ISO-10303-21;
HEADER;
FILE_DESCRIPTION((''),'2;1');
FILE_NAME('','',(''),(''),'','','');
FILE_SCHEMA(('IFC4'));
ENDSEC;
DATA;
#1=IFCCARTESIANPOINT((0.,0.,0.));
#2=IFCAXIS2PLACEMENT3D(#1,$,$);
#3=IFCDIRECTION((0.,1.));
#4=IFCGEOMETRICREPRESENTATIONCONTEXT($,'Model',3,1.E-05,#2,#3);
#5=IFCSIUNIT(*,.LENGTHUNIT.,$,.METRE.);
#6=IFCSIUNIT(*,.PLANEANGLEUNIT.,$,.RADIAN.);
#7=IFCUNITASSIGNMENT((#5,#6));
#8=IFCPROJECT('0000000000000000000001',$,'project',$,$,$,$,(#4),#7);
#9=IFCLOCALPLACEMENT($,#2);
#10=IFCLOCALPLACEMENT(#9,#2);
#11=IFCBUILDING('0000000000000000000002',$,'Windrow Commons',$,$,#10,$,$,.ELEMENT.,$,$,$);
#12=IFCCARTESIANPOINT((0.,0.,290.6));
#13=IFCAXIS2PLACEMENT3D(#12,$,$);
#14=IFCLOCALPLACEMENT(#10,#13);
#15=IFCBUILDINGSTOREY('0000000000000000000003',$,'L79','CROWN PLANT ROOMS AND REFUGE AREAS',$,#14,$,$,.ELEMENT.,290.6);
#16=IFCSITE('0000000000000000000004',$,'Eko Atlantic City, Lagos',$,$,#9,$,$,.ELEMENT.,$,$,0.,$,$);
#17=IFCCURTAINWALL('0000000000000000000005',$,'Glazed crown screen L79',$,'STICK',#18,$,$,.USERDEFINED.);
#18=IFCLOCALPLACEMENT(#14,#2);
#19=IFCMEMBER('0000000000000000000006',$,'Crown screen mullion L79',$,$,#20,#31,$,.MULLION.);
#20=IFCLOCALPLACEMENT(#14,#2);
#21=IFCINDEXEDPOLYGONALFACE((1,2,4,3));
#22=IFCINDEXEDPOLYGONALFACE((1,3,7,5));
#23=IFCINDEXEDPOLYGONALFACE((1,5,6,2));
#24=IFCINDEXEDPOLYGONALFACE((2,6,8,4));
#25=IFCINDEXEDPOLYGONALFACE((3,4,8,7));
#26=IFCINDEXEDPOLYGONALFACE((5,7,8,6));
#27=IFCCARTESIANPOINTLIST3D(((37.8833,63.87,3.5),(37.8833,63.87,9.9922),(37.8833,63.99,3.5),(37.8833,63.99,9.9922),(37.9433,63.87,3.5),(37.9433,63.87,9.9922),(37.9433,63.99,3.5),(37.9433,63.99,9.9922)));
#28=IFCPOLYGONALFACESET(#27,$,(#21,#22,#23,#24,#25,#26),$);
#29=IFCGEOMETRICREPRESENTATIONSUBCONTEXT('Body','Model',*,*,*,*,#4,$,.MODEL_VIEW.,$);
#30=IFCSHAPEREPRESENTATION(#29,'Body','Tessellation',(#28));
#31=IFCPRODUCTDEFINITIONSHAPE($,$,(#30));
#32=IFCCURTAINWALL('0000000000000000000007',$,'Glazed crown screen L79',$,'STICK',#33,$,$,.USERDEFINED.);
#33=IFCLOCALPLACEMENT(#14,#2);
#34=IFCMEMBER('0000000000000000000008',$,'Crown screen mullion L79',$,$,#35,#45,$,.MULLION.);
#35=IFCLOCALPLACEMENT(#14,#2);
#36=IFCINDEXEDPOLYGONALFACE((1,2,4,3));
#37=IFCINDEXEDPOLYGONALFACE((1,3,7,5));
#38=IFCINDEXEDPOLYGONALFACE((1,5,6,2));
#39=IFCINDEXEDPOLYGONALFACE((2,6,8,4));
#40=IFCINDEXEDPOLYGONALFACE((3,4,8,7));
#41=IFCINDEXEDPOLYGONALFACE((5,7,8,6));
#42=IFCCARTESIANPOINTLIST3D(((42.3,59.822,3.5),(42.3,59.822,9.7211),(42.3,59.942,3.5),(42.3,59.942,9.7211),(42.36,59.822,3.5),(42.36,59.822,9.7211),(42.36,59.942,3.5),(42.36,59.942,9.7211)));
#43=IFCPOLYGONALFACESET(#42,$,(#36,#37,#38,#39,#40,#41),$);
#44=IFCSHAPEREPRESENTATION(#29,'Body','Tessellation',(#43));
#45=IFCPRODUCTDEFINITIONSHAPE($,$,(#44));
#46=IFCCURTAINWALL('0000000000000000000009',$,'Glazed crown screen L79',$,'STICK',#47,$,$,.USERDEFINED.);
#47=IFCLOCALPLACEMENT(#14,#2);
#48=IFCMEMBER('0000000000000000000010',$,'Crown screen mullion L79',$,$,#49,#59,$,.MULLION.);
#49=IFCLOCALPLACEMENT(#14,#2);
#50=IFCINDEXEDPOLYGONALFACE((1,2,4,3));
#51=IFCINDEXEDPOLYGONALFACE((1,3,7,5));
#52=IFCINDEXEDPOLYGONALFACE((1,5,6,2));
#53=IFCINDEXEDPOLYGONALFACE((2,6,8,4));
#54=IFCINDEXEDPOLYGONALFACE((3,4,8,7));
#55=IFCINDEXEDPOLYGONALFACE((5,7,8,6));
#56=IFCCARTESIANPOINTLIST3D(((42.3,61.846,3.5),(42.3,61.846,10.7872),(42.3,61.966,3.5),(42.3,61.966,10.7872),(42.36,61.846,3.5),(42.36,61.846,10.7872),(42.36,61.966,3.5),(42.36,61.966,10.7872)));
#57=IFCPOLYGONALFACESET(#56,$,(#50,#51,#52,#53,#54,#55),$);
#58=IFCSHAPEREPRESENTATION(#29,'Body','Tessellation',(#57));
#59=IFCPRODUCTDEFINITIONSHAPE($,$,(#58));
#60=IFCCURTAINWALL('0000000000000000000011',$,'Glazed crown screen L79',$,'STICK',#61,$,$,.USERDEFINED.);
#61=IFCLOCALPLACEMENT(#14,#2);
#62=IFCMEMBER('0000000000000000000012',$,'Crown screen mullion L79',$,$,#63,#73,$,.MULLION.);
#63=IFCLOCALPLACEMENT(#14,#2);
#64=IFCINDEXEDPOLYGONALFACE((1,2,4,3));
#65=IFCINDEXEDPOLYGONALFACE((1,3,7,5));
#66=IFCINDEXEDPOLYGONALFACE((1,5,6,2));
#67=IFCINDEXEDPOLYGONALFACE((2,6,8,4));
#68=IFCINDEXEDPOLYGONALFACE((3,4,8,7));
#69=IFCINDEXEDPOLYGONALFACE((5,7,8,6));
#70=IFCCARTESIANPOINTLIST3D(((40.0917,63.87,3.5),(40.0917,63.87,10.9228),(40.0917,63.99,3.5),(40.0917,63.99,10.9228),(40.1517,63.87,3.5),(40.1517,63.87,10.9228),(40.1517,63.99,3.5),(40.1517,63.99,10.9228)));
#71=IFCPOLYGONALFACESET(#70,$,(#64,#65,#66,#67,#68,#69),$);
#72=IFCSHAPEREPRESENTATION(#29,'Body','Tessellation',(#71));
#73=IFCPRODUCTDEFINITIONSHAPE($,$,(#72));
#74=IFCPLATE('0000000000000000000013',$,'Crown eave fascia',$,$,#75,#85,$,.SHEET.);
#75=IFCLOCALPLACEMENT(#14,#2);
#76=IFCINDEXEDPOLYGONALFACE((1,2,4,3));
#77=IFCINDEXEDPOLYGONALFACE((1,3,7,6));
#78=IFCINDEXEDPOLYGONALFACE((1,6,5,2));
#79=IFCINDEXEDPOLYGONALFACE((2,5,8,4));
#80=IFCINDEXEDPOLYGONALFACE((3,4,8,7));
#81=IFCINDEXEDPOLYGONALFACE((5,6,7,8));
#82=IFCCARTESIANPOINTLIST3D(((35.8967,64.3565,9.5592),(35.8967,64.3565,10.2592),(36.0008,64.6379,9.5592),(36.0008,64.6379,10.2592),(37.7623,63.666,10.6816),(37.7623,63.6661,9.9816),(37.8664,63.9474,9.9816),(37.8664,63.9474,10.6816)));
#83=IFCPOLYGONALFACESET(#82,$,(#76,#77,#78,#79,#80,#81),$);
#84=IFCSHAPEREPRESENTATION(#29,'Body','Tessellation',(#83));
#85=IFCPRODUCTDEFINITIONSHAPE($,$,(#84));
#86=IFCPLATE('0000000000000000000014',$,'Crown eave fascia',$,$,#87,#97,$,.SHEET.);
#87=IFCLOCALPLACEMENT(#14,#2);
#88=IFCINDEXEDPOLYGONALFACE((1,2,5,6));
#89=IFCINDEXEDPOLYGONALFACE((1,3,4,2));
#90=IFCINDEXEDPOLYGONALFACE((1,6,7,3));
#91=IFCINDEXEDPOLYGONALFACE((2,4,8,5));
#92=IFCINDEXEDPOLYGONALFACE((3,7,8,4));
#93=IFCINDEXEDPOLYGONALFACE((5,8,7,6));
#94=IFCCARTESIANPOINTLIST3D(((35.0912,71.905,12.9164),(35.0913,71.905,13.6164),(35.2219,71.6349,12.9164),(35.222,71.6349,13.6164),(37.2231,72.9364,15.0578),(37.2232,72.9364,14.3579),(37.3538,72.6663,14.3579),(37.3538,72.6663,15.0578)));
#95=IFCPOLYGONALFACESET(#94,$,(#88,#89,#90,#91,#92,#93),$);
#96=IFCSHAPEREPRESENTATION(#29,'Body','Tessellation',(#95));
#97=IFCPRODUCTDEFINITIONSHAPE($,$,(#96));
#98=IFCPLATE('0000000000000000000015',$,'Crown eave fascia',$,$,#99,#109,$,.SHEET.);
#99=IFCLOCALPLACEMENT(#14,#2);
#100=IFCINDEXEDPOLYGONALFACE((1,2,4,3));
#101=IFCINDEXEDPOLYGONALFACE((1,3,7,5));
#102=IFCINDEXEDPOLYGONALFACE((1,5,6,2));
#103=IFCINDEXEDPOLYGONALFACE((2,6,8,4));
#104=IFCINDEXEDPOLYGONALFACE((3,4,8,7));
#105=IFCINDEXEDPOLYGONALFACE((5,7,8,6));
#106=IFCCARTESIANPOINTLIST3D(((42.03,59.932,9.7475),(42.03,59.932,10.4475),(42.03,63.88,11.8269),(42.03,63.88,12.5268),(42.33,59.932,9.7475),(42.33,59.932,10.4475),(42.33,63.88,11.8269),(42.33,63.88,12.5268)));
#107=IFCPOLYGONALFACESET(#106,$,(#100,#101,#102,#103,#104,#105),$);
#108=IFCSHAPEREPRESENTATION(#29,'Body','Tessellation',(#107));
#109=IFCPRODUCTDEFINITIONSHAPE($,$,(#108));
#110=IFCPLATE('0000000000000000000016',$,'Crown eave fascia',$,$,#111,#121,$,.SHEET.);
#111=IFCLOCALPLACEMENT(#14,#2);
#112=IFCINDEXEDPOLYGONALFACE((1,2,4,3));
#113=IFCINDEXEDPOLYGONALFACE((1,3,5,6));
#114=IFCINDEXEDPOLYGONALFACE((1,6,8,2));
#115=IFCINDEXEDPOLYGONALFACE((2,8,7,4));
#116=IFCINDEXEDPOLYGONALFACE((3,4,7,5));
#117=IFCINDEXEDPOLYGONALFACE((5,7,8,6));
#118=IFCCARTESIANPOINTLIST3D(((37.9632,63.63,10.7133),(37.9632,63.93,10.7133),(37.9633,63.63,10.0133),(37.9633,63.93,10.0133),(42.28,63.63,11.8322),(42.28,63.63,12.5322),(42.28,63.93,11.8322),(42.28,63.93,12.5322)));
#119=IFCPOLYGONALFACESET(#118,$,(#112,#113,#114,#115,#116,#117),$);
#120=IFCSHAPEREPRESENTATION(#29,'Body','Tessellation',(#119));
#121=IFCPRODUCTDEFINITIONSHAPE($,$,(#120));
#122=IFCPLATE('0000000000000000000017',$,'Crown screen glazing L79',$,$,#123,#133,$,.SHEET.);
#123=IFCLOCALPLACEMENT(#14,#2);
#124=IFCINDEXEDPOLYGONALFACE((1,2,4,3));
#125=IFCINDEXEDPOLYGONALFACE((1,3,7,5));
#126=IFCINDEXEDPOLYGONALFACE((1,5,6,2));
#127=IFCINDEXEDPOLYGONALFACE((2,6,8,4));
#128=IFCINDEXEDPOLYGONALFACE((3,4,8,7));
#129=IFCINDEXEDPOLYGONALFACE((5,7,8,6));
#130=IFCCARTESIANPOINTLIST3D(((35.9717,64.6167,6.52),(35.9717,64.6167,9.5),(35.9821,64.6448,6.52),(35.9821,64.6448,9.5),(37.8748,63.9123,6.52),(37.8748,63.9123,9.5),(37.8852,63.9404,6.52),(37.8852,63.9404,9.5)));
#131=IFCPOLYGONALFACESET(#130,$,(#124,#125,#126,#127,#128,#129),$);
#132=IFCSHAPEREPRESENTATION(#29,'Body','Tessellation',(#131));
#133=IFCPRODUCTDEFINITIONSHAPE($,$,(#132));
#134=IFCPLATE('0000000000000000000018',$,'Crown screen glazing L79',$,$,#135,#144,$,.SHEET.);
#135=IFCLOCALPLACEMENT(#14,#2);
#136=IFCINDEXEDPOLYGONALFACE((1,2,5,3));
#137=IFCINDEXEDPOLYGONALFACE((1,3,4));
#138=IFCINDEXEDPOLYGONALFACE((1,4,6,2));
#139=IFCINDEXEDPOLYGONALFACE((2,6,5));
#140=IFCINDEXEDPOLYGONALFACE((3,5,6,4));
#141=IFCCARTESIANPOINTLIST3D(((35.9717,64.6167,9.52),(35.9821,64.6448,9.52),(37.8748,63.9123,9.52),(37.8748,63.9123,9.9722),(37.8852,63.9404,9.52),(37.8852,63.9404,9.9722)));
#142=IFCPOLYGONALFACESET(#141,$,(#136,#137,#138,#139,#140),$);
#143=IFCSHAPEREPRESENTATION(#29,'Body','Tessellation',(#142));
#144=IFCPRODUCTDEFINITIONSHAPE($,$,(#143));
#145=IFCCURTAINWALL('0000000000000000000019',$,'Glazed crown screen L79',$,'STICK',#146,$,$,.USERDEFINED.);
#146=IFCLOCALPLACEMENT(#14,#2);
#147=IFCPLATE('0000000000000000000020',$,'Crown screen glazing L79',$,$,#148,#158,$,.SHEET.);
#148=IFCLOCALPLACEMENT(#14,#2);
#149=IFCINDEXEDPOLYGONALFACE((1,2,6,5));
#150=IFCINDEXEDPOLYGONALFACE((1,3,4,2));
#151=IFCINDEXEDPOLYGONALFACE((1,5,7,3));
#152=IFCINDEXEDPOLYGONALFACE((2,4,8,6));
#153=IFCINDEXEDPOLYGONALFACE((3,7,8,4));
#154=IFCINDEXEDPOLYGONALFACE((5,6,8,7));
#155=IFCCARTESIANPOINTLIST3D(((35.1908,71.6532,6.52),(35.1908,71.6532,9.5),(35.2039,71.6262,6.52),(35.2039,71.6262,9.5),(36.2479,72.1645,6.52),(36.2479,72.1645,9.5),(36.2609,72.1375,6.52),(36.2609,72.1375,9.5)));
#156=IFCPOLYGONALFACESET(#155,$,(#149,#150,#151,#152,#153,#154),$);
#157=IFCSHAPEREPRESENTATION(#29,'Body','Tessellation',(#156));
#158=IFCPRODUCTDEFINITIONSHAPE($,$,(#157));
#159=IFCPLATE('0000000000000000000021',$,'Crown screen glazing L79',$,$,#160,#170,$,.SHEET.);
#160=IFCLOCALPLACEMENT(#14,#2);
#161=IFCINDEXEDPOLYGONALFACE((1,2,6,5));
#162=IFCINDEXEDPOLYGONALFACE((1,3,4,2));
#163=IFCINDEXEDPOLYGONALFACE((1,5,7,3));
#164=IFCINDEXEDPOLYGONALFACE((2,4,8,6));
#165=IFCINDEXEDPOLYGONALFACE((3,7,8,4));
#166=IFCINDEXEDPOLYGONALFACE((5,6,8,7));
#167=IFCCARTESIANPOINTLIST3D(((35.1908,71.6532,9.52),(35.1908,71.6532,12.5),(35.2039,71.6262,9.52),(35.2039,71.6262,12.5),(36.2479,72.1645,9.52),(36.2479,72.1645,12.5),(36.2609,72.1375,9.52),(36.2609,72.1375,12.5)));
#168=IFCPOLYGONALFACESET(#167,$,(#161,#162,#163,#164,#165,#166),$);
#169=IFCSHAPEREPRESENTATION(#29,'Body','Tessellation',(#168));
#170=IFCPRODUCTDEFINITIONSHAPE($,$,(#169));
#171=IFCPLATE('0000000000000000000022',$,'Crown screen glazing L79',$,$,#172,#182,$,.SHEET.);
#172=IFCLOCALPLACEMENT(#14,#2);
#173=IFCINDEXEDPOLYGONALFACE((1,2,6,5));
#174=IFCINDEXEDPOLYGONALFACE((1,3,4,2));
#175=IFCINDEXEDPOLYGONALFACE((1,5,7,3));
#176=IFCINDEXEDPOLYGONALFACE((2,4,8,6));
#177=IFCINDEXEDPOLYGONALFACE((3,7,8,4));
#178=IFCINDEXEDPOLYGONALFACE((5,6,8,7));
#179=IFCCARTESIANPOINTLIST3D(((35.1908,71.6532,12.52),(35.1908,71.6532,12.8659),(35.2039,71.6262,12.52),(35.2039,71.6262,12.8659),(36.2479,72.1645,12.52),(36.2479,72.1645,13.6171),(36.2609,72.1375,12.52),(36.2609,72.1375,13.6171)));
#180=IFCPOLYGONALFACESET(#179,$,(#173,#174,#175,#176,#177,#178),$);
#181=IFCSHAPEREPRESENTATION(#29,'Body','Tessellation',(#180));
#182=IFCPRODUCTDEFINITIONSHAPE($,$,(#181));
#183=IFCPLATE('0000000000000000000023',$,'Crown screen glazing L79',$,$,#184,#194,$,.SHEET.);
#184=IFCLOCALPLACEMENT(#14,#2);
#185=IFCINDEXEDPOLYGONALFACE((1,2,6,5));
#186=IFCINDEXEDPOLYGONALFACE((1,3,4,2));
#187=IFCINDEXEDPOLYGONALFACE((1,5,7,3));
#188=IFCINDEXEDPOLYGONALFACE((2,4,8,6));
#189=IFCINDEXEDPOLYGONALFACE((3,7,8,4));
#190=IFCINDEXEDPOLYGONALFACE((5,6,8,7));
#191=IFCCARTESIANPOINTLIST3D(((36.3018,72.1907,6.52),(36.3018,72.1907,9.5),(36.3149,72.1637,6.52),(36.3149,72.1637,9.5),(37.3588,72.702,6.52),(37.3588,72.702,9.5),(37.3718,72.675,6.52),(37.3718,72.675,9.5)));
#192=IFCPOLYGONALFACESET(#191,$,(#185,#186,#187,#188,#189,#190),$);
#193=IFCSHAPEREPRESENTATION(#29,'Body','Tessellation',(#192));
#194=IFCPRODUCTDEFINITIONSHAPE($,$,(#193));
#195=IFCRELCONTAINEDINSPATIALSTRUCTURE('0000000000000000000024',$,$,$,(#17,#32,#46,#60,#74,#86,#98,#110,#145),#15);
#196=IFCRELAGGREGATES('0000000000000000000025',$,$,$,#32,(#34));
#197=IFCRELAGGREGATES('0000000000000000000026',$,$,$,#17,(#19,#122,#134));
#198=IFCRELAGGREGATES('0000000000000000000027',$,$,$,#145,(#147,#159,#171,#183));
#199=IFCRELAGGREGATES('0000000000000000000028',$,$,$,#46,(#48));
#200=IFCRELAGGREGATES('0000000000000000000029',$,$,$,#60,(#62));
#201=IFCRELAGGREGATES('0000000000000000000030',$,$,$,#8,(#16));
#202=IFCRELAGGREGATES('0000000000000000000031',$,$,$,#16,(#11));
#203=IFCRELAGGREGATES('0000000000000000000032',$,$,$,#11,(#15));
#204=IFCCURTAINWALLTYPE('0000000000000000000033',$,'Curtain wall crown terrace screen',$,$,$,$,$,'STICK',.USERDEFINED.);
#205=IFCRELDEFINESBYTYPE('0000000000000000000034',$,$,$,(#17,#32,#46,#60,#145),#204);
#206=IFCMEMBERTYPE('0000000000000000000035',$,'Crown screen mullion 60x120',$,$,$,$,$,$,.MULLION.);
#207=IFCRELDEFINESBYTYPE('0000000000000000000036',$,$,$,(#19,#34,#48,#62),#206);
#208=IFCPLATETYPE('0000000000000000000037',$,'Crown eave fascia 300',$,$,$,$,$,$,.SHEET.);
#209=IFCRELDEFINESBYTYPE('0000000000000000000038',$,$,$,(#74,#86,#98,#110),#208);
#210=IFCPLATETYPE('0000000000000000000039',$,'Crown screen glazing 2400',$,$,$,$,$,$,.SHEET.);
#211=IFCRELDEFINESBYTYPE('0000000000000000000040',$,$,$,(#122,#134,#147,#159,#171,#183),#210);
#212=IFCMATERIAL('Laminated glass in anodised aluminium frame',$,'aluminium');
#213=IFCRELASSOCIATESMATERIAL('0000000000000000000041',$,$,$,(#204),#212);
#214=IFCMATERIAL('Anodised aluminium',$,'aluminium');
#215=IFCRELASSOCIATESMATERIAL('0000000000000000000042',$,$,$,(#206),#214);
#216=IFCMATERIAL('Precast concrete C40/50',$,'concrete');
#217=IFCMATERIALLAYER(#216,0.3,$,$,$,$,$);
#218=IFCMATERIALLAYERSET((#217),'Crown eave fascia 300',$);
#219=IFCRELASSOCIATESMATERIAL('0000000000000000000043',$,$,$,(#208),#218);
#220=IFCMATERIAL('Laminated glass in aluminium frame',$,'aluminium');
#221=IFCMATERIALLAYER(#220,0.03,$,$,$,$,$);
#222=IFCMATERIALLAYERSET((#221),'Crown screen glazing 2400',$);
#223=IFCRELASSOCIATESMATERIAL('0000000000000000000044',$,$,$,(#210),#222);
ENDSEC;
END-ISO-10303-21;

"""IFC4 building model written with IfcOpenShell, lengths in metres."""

from ifc_helpers import new_model, si_unit, direction, frame, origin, origin_2d, place, context, subcontext, project, spatial, polyline, rectangle, outline, extrude, material, layer, layer_set, material_profile, profile_set, type_object, element, aggregate, save


model = new_model("IFC4")

# Units and contexts
model_context = context("Model", 3, precision=1e-05, world=origin(), true_north=direction((0.0, 1.0)))
body_context = subcontext(model_context, "Body", "Model", "MODEL_VIEW")
ifc_project = project(units=[si_unit("LENGTHUNIT", "METRE"), si_unit("PLANEANGLEUNIT", "RADIAN")], contexts=[model_context])

# Site, building, storey
site_placement = place(None, origin())
site = spatial("IfcSite", under=ifc_project, at=site_placement, Name="Eko Atlantic City, Lagos", CompositionType="ELEMENT", RefElevation=0.0)
building_placement = place(site_placement, origin())
building = spatial("IfcBuilding", under=site, at=building_placement, Name="Windrow Commons", CompositionType="ELEMENT")
storey_placement = place(building_placement, frame((0.0, 0.0, 290.6)))
storey = spatial("IfcBuildingStorey", under=building, at=storey_placement, Name="L79", Description="CROWN PLANT ROOMS AND REFUGE AREAS", CompositionType="ELEMENT", Elevation=290.6)

# Curtain walls, members
ifc_material_1 = material(Name="Laminated glass in anodised aluminium frame", Category="aluminium")
curtain_wall_type = type_object("IfcCurtainWallType", Name="Curtain wall crown terrace screen", ElementType="STICK", PredefinedType="USERDEFINED", material=ifc_material_1)
placement = place(storey_placement, origin())
curtain_wall_1 = element("IfcCurtainWall", 1, at=placement, inside=storey, type_object=curtain_wall_type, Name="Glazed crown screen L79", ObjectType="STICK", PredefinedType="USERDEFINED")
ifc_material_2 = material(Name="Anodised aluminium", Category="aluminium")
ifc_material_profile = material_profile(ifc_material_2, rectangle(XDim=0.06, YDim=0.12, at=origin_2d()))
ifc_profile_set = profile_set([ifc_material_profile], Name="Anodised aluminium")
member_type = type_object("IfcMemberType", Name="Crown screen mullion 60x120", PredefinedType="MULLION", material=ifc_profile_set)
member_1_placement = place(storey_placement, frame((37.9133, 63.93, 3.5), z_axis=(0.0, 0.0, 1.0), x_axis=(1.0, 0.0, 0.0)))
member_1 = element("IfcMember", 2, at=member_1_placement, type_object=member_type, Name="Crown screen mullion L79", PredefinedType="MULLION", context=body_context, shape_type="SweptSolid", body=[
    extrude(rectangle(XDim=0.06, YDim=0.12, at=origin_2d()), origin(), (0.0, 0.0, 1.0), 6.4922),
])
curtain_wall_2 = element("IfcCurtainWall", 3, at=placement, inside=storey, type_object=curtain_wall_type, Name="Glazed crown screen L79", ObjectType="STICK", PredefinedType="USERDEFINED")
member_2_placement = place(storey_placement, frame((42.33, 59.882, 3.5), z_axis=(0.0, 0.0, 1.0), x_axis=(1.0, 0.0, 0.0)))
member_2 = element("IfcMember", 4, at=member_2_placement, type_object=member_type, Name="Crown screen mullion L79", PredefinedType="MULLION", context=body_context, shape_type="SweptSolid", body=[
    extrude(rectangle(XDim=0.06, YDim=0.12, at=origin_2d()), origin(), (0.0, 0.0, 1.0), 6.2211),
])
aggregate(curtain_wall_2, [member_2])
curtain_wall_3 = element("IfcCurtainWall", 5, at=placement, inside=storey, type_object=curtain_wall_type, Name="Glazed crown screen L79", ObjectType="STICK", PredefinedType="USERDEFINED")
member_3_placement = place(storey_placement, frame((42.33, 61.906, 3.5), z_axis=(0.0, 0.0, 1.0), x_axis=(1.0, 0.0, 0.0)))
member_3 = element("IfcMember", 6, at=member_3_placement, type_object=member_type, Name="Crown screen mullion L79", PredefinedType="MULLION", context=body_context, shape_type="SweptSolid", body=[
    extrude(rectangle(XDim=0.06, YDim=0.12, at=origin_2d()), origin(), (0.0, 0.0, 1.0), 7.2872),
])
curtain_wall_4 = element("IfcCurtainWall", 7, at=placement, inside=storey, type_object=curtain_wall_type, Name="Glazed crown screen L79", ObjectType="STICK", PredefinedType="USERDEFINED")
member_4_placement = place(storey_placement, frame((40.1217, 63.93, 3.5), z_axis=(0.0, 0.0, 1.0), x_axis=(1.0, 0.0, 0.0)))
member_4 = element("IfcMember", 8, at=member_4_placement, type_object=member_type, Name="Crown screen mullion L79", PredefinedType="MULLION", context=body_context, shape_type="SweptSolid", body=[
    extrude(rectangle(XDim=0.06, YDim=0.12, at=origin_2d()), origin(), (0.0, 0.0, 1.0), 7.4228),
])

# Plates
ifc_material_3 = material(Name="Precast concrete C40/50", Category="concrete")
ifc_layer_1 = layer(ifc_material_3, 0.3)
ifc_layer_set_1 = layer_set([ifc_layer_1], Name="Crown eave fascia 300")
plate_type_1 = type_object("IfcPlateType", Name="Crown eave fascia 300", PredefinedType="SHEET", material=ifc_layer_set_1)
plate_1_placement = place(storey_placement, frame((37.8664, 63.9474, 9.9816), z_axis=(0.34711, 0.937825, 0.0), x_axis=(-0.917372, 0.33954, -0.207707)))
element("IfcPlate", 9, at=plate_1_placement, inside=storey, type_object=plate_type_1, Name="Crown eave fascia", PredefinedType="SHEET", context=body_context, shape_type="SweptSolid", body=[
    extrude(outline(polyline([(0.0, 0.0), (2.0336, 0.0), (1.8882, 0.6847), (-0.1454, 0.6847), (0.0, 0.0)])), origin(), (0.0, 0.0, -1.0), 0.3),
])
plate_2_placement = place(storey_placement, frame((35.2219, 71.6349, 12.9164), z_axis=(0.435505, -0.900186, 0.0), x_axis=(0.768948, 0.372012, 0.51993)))
element("IfcPlate", 10, at=plate_2_placement, inside=storey, type_object=plate_type_1, Name="Crown eave fascia", PredefinedType="SHEET", context=body_context, shape_type="SweptSolid", body=[
    extrude(outline(polyline([(0.0, 0.0), (2.7725, 0.0), (3.1364, 0.5979), (0.364, 0.5979), (0.0, 0.0)])), origin(), (0.0, 0.0, -1.0), 0.3),
])
plate_3_placement = place(storey_placement, frame((42.33, 59.932, 9.7475), z_axis=(1.0, 0.0, 0.0), x_axis=(0.0, 0.884779, 0.466011)))
element("IfcPlate", 11, at=plate_3_placement, inside=storey, type_object=plate_type_1, Name="Crown eave fascia", PredefinedType="SHEET", context=body_context, shape_type="SweptSolid", body=[
    extrude(outline(polyline([(0.0, 0.0), (4.4621, 0.0), (4.7883, 0.6193), (0.3262, 0.6193), (0.0, 0.0)])), origin(), (0.0, 0.0, -1.0), 0.3),
])
plate_4_placement = place(storey_placement, frame((42.28, 63.93, 11.8322), z_axis=(0.0, 1.0, 0.0), x_axis=(-0.921533, 0.0, -0.3883)))
element("IfcPlate", 12, at=plate_4_placement, inside=storey, type_object=plate_type_1, Name="Crown eave fascia", PredefinedType="SHEET", context=body_context, shape_type="SweptSolid", body=[
    extrude(outline(polyline([(0.0, 0.0), (4.6843, 0.0), (4.4125, 0.6451), (-0.2718, 0.6451), (0.0, 0.0)])), origin(), (0.0, 0.0, -1.0), 0.3),
])

# Plates
ifc_material_4 = material(Name="Laminated glass in aluminium frame", Category="aluminium")
ifc_layer_2 = layer(ifc_material_4, 0.03)
ifc_layer_set_2 = layer_set([ifc_layer_2], Name="Crown screen glazing 2400")
plate_type_2 = type_object("IfcPlateType", Name="Crown screen glazing 2400", PredefinedType="SHEET", material=ifc_layer_set_2)
plate_5_placement = place(storey_placement, frame((37.8852, 63.9404, 6.52), z_axis=(0.347119, 0.937821, 0.0), x_axis=(-0.937821, 0.347119, 0.0)))
plate_5 = element("IfcPlate", 13, at=plate_5_placement, type_object=plate_type_2, Name="Crown screen glazing L79", PredefinedType="SHEET", context=body_context, shape_type="SweptSolid", body=[
    extrude(outline(polyline([(0.0, 0.0), (2.0293, 0.0), (2.0293, 2.98), (0.0, 2.98), (0.0, 0.0)])), origin(), (0.0, 0.0, -1.0), 0.03),
])
plate_6_placement = place(storey_placement, frame((37.8852, 63.9404, 9.52), z_axis=(0.347119, 0.937821, 0.0), x_axis=(-0.937821, 0.347119, 0.0)))
plate_6 = element("IfcPlate", 14, at=plate_6_placement, type_object=plate_type_2, Name="Crown screen glazing L79", PredefinedType="SHEET", context=body_context, shape_type="SweptSolid", body=[
    extrude(outline(polyline([(0.0, 0.0), (2.0293, 0.0), (0.0, 0.4522), (0.0, 0.0)])), origin(), (0.0, 0.0, -1.0), 0.03),
])
aggregate(curtain_wall_1, [member_1, plate_5, plate_6])

# Curtain wall, plates
curtain_wall_5 = element("IfcCurtainWall", 15, at=placement, inside=storey, type_object=curtain_wall_type, Name="Glazed crown screen L79", ObjectType="STICK", PredefinedType="USERDEFINED")
plate_7_placement = place(storey_placement, frame((35.2039, 71.6262, 6.52), z_axis=(0.435456, -0.90021, 0.0), x_axis=(0.90021, 0.435456, 0.0)))
plate_7 = element("IfcPlate", 16, at=plate_7_placement, type_object=plate_type_2, Name="Crown screen glazing L79", PredefinedType="SHEET", context=body_context, shape_type="SweptSolid", body=[
    extrude(outline(polyline([(0.0, 0.0), (1.1742, 0.0), (1.1742, 2.98), (0.0, 2.98), (0.0, 0.0)])), origin(), (0.0, 0.0, -1.0), 0.03),
])
plate_8_placement = place(storey_placement, frame((35.2039, 71.6262, 9.52), z_axis=(0.435456, -0.90021, 0.0), x_axis=(0.90021, 0.435456, 0.0)))
plate_8 = element("IfcPlate", 17, at=plate_8_placement, type_object=plate_type_2, Name="Crown screen glazing L79", PredefinedType="SHEET", context=body_context, shape_type="SweptSolid", body=[
    extrude(outline(polyline([(0.0, 0.0), (1.1742, 0.0), (1.1742, 2.98), (0.0, 2.98), (0.0, 0.0)])), origin(), (0.0, 0.0, -1.0), 0.03),
])
plate_9_placement = place(storey_placement, frame((35.2039, 71.6262, 12.52), z_axis=(0.435456, -0.90021, 0.0), x_axis=(0.90021, 0.435456, 0.0)))
plate_9 = element("IfcPlate", 18, at=plate_9_placement, type_object=plate_type_2, Name="Crown screen glazing L79", PredefinedType="SHEET", context=body_context, shape_type="SweptSolid", body=[
    extrude(outline(polyline([(0.0, 0.0), (1.1742, 0.0), (1.1742, 1.0971), (0.0, 0.3459), (0.0, 0.0)])), origin(), (0.0, 0.0, -1.0), 0.03),
])
plate_10_placement = place(storey_placement, frame((36.3149, 72.1637, 6.52), z_axis=(0.43549, -0.900194, 0.0), x_axis=(0.900194, 0.43549, 0.0)))
plate_10 = element("IfcPlate", 19, at=plate_10_placement, type_object=plate_type_2, Name="Crown screen glazing L79", PredefinedType="SHEET", context=body_context, shape_type="SweptSolid", body=[
    extrude(outline(polyline([(0.0, 0.0), (1.1741, 0.0), (1.1741, 2.98), (0.0, 2.98), (0.0, 0.0)])), origin(), (0.0, 0.0, -1.0), 0.03),
])
aggregate(curtain_wall_5, [plate_7, plate_8, plate_9, plate_10])

aggregate(curtain_wall_3, [member_3])
aggregate(curtain_wall_4, [member_4])

save(model, "model.ifc")
